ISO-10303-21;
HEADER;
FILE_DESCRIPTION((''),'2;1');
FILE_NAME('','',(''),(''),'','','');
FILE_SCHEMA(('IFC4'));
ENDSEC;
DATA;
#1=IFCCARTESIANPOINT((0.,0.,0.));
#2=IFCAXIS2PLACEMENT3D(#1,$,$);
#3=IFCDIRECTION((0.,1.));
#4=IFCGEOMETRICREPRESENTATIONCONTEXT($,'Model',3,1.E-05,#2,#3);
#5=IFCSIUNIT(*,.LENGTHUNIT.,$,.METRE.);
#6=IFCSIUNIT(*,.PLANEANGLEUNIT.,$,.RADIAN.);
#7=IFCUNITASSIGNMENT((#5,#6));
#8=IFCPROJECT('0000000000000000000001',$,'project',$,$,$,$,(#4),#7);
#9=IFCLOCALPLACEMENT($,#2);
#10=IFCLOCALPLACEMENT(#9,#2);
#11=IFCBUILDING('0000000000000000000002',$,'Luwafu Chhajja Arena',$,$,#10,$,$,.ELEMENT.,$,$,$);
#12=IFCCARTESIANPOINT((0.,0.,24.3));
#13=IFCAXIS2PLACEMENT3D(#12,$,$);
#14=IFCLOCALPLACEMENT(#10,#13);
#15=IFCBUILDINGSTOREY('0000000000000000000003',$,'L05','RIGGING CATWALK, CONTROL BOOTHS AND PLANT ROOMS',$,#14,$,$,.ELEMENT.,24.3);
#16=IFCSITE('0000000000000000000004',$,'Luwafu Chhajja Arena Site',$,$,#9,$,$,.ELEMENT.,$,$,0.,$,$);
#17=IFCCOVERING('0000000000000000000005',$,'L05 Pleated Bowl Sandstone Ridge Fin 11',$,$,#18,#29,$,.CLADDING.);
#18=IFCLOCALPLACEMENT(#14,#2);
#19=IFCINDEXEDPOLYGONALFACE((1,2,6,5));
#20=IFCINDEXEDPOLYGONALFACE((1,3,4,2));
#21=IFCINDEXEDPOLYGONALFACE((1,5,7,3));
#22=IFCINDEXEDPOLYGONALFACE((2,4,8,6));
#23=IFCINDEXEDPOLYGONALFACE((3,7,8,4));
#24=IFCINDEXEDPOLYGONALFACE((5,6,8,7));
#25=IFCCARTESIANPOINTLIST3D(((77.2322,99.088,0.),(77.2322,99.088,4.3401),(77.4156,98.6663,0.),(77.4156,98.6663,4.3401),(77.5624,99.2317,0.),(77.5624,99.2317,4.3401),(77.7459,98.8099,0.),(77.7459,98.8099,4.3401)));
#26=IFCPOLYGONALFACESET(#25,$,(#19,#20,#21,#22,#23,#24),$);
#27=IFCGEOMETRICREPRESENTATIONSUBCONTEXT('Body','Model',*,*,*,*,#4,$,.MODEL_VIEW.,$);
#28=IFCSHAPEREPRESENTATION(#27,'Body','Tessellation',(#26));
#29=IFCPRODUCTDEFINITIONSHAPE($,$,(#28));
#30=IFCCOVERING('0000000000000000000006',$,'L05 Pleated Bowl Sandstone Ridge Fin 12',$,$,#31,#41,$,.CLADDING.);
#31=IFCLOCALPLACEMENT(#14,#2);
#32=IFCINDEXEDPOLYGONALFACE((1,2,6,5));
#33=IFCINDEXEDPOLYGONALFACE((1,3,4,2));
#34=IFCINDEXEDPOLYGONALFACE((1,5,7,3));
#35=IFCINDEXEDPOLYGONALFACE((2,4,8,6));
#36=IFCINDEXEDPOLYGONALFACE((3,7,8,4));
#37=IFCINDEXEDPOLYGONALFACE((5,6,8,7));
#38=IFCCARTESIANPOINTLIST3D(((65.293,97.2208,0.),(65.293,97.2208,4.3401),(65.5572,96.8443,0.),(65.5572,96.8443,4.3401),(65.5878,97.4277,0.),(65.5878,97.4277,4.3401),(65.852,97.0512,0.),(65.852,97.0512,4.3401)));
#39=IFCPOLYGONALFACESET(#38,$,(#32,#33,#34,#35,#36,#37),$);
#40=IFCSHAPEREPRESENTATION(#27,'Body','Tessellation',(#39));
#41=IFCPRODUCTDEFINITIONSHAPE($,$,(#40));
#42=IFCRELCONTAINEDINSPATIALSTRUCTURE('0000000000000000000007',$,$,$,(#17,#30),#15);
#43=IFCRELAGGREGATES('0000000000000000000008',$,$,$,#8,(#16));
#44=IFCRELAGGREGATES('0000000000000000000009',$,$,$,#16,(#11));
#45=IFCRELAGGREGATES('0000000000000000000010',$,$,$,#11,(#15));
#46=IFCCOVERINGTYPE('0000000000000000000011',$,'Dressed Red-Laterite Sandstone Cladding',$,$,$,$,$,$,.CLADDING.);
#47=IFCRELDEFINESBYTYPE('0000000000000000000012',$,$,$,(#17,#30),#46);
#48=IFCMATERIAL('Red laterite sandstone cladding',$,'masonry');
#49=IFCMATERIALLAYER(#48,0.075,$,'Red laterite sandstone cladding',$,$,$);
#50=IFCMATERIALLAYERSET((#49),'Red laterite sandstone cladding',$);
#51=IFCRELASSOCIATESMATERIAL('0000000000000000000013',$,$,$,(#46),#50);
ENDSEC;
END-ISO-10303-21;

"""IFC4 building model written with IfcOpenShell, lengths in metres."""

from ifc_helpers import new_model, si_unit, direction, frame, origin, origin_2d, place, context, subcontext, project, spatial, rectangle, extrude, material, layer, layer_set, type_object, element, save


model = new_model("IFC4")

# Units and contexts
model_context = context("Model", 3, precision=1e-05, world=origin(), true_north=direction((0.0, 1.0)))
body_context = subcontext(model_context, "Body", "Model", "MODEL_VIEW")
ifc_project = project(units=[si_unit("LENGTHUNIT", "METRE"), si_unit("PLANEANGLEUNIT", "RADIAN")], contexts=[model_context])

# Site, building, storey
site_placement = place(None, origin())
site = spatial("IfcSite", under=ifc_project, at=site_placement, Name="Luwafu Chhajja Arena Site", CompositionType="ELEMENT", RefElevation=0.0)
building_placement = place(site_placement, origin())
building = spatial("IfcBuilding", under=site, at=building_placement, Name="Luwafu Chhajja Arena", CompositionType="ELEMENT")
storey_placement = place(building_placement, frame((0.0, 0.0, 24.3)))
storey = spatial("IfcBuildingStorey", under=building, at=storey_placement, Name="L05", Description="RIGGING CATWALK, CONTROL BOOTHS AND PLANT ROOMS", CompositionType="ELEMENT", Elevation=24.3)

# Coverings
ifc_material_1 = material(Name="Red laterite sandstone cladding", Category="masonry")
ifc_layer_1 = layer(ifc_material_1, 0.075, Name="Red laterite sandstone cladding")
ifc_layer_set_1 = layer_set([ifc_layer_1], Name="Red laterite sandstone cladding")
covering_type = type_object("IfcCoveringType", Name="Dressed Red-Laterite Sandstone Cladding", PredefinedType="CLADDING", material=ifc_layer_set_1)
for number, where, z_axis, x_axis, name in (
    (1, (77.489, 98.949, 0.0), (0.0, 0.0, 1.0), (-0.398903, 0.916993, 0.0), "L05 Pleated Bowl Sandstone Ridge Fin 11"),
    (2, (65.5725, 97.136, 0.0), (0.0, 0.0, 1.0), (-0.574411, 0.818567, 0.0), "L05 Pleated Bowl Sandstone Ridge Fin 12"),
):
    element("IfcCovering", number, at=place(storey_placement, frame(where, z_axis=z_axis, x_axis=x_axis)), inside=storey, type_object=covering_type, Name=name, PredefinedType="CLADDING", context=body_context, shape_type="SweptSolid", body=[
        extrude(rectangle(XDim=0.46, YDim=0.3601, at=origin_2d()), origin(), (0.0, 0.0, 1.0), 4.3401),
    ])

save(model, "model.ifc")
